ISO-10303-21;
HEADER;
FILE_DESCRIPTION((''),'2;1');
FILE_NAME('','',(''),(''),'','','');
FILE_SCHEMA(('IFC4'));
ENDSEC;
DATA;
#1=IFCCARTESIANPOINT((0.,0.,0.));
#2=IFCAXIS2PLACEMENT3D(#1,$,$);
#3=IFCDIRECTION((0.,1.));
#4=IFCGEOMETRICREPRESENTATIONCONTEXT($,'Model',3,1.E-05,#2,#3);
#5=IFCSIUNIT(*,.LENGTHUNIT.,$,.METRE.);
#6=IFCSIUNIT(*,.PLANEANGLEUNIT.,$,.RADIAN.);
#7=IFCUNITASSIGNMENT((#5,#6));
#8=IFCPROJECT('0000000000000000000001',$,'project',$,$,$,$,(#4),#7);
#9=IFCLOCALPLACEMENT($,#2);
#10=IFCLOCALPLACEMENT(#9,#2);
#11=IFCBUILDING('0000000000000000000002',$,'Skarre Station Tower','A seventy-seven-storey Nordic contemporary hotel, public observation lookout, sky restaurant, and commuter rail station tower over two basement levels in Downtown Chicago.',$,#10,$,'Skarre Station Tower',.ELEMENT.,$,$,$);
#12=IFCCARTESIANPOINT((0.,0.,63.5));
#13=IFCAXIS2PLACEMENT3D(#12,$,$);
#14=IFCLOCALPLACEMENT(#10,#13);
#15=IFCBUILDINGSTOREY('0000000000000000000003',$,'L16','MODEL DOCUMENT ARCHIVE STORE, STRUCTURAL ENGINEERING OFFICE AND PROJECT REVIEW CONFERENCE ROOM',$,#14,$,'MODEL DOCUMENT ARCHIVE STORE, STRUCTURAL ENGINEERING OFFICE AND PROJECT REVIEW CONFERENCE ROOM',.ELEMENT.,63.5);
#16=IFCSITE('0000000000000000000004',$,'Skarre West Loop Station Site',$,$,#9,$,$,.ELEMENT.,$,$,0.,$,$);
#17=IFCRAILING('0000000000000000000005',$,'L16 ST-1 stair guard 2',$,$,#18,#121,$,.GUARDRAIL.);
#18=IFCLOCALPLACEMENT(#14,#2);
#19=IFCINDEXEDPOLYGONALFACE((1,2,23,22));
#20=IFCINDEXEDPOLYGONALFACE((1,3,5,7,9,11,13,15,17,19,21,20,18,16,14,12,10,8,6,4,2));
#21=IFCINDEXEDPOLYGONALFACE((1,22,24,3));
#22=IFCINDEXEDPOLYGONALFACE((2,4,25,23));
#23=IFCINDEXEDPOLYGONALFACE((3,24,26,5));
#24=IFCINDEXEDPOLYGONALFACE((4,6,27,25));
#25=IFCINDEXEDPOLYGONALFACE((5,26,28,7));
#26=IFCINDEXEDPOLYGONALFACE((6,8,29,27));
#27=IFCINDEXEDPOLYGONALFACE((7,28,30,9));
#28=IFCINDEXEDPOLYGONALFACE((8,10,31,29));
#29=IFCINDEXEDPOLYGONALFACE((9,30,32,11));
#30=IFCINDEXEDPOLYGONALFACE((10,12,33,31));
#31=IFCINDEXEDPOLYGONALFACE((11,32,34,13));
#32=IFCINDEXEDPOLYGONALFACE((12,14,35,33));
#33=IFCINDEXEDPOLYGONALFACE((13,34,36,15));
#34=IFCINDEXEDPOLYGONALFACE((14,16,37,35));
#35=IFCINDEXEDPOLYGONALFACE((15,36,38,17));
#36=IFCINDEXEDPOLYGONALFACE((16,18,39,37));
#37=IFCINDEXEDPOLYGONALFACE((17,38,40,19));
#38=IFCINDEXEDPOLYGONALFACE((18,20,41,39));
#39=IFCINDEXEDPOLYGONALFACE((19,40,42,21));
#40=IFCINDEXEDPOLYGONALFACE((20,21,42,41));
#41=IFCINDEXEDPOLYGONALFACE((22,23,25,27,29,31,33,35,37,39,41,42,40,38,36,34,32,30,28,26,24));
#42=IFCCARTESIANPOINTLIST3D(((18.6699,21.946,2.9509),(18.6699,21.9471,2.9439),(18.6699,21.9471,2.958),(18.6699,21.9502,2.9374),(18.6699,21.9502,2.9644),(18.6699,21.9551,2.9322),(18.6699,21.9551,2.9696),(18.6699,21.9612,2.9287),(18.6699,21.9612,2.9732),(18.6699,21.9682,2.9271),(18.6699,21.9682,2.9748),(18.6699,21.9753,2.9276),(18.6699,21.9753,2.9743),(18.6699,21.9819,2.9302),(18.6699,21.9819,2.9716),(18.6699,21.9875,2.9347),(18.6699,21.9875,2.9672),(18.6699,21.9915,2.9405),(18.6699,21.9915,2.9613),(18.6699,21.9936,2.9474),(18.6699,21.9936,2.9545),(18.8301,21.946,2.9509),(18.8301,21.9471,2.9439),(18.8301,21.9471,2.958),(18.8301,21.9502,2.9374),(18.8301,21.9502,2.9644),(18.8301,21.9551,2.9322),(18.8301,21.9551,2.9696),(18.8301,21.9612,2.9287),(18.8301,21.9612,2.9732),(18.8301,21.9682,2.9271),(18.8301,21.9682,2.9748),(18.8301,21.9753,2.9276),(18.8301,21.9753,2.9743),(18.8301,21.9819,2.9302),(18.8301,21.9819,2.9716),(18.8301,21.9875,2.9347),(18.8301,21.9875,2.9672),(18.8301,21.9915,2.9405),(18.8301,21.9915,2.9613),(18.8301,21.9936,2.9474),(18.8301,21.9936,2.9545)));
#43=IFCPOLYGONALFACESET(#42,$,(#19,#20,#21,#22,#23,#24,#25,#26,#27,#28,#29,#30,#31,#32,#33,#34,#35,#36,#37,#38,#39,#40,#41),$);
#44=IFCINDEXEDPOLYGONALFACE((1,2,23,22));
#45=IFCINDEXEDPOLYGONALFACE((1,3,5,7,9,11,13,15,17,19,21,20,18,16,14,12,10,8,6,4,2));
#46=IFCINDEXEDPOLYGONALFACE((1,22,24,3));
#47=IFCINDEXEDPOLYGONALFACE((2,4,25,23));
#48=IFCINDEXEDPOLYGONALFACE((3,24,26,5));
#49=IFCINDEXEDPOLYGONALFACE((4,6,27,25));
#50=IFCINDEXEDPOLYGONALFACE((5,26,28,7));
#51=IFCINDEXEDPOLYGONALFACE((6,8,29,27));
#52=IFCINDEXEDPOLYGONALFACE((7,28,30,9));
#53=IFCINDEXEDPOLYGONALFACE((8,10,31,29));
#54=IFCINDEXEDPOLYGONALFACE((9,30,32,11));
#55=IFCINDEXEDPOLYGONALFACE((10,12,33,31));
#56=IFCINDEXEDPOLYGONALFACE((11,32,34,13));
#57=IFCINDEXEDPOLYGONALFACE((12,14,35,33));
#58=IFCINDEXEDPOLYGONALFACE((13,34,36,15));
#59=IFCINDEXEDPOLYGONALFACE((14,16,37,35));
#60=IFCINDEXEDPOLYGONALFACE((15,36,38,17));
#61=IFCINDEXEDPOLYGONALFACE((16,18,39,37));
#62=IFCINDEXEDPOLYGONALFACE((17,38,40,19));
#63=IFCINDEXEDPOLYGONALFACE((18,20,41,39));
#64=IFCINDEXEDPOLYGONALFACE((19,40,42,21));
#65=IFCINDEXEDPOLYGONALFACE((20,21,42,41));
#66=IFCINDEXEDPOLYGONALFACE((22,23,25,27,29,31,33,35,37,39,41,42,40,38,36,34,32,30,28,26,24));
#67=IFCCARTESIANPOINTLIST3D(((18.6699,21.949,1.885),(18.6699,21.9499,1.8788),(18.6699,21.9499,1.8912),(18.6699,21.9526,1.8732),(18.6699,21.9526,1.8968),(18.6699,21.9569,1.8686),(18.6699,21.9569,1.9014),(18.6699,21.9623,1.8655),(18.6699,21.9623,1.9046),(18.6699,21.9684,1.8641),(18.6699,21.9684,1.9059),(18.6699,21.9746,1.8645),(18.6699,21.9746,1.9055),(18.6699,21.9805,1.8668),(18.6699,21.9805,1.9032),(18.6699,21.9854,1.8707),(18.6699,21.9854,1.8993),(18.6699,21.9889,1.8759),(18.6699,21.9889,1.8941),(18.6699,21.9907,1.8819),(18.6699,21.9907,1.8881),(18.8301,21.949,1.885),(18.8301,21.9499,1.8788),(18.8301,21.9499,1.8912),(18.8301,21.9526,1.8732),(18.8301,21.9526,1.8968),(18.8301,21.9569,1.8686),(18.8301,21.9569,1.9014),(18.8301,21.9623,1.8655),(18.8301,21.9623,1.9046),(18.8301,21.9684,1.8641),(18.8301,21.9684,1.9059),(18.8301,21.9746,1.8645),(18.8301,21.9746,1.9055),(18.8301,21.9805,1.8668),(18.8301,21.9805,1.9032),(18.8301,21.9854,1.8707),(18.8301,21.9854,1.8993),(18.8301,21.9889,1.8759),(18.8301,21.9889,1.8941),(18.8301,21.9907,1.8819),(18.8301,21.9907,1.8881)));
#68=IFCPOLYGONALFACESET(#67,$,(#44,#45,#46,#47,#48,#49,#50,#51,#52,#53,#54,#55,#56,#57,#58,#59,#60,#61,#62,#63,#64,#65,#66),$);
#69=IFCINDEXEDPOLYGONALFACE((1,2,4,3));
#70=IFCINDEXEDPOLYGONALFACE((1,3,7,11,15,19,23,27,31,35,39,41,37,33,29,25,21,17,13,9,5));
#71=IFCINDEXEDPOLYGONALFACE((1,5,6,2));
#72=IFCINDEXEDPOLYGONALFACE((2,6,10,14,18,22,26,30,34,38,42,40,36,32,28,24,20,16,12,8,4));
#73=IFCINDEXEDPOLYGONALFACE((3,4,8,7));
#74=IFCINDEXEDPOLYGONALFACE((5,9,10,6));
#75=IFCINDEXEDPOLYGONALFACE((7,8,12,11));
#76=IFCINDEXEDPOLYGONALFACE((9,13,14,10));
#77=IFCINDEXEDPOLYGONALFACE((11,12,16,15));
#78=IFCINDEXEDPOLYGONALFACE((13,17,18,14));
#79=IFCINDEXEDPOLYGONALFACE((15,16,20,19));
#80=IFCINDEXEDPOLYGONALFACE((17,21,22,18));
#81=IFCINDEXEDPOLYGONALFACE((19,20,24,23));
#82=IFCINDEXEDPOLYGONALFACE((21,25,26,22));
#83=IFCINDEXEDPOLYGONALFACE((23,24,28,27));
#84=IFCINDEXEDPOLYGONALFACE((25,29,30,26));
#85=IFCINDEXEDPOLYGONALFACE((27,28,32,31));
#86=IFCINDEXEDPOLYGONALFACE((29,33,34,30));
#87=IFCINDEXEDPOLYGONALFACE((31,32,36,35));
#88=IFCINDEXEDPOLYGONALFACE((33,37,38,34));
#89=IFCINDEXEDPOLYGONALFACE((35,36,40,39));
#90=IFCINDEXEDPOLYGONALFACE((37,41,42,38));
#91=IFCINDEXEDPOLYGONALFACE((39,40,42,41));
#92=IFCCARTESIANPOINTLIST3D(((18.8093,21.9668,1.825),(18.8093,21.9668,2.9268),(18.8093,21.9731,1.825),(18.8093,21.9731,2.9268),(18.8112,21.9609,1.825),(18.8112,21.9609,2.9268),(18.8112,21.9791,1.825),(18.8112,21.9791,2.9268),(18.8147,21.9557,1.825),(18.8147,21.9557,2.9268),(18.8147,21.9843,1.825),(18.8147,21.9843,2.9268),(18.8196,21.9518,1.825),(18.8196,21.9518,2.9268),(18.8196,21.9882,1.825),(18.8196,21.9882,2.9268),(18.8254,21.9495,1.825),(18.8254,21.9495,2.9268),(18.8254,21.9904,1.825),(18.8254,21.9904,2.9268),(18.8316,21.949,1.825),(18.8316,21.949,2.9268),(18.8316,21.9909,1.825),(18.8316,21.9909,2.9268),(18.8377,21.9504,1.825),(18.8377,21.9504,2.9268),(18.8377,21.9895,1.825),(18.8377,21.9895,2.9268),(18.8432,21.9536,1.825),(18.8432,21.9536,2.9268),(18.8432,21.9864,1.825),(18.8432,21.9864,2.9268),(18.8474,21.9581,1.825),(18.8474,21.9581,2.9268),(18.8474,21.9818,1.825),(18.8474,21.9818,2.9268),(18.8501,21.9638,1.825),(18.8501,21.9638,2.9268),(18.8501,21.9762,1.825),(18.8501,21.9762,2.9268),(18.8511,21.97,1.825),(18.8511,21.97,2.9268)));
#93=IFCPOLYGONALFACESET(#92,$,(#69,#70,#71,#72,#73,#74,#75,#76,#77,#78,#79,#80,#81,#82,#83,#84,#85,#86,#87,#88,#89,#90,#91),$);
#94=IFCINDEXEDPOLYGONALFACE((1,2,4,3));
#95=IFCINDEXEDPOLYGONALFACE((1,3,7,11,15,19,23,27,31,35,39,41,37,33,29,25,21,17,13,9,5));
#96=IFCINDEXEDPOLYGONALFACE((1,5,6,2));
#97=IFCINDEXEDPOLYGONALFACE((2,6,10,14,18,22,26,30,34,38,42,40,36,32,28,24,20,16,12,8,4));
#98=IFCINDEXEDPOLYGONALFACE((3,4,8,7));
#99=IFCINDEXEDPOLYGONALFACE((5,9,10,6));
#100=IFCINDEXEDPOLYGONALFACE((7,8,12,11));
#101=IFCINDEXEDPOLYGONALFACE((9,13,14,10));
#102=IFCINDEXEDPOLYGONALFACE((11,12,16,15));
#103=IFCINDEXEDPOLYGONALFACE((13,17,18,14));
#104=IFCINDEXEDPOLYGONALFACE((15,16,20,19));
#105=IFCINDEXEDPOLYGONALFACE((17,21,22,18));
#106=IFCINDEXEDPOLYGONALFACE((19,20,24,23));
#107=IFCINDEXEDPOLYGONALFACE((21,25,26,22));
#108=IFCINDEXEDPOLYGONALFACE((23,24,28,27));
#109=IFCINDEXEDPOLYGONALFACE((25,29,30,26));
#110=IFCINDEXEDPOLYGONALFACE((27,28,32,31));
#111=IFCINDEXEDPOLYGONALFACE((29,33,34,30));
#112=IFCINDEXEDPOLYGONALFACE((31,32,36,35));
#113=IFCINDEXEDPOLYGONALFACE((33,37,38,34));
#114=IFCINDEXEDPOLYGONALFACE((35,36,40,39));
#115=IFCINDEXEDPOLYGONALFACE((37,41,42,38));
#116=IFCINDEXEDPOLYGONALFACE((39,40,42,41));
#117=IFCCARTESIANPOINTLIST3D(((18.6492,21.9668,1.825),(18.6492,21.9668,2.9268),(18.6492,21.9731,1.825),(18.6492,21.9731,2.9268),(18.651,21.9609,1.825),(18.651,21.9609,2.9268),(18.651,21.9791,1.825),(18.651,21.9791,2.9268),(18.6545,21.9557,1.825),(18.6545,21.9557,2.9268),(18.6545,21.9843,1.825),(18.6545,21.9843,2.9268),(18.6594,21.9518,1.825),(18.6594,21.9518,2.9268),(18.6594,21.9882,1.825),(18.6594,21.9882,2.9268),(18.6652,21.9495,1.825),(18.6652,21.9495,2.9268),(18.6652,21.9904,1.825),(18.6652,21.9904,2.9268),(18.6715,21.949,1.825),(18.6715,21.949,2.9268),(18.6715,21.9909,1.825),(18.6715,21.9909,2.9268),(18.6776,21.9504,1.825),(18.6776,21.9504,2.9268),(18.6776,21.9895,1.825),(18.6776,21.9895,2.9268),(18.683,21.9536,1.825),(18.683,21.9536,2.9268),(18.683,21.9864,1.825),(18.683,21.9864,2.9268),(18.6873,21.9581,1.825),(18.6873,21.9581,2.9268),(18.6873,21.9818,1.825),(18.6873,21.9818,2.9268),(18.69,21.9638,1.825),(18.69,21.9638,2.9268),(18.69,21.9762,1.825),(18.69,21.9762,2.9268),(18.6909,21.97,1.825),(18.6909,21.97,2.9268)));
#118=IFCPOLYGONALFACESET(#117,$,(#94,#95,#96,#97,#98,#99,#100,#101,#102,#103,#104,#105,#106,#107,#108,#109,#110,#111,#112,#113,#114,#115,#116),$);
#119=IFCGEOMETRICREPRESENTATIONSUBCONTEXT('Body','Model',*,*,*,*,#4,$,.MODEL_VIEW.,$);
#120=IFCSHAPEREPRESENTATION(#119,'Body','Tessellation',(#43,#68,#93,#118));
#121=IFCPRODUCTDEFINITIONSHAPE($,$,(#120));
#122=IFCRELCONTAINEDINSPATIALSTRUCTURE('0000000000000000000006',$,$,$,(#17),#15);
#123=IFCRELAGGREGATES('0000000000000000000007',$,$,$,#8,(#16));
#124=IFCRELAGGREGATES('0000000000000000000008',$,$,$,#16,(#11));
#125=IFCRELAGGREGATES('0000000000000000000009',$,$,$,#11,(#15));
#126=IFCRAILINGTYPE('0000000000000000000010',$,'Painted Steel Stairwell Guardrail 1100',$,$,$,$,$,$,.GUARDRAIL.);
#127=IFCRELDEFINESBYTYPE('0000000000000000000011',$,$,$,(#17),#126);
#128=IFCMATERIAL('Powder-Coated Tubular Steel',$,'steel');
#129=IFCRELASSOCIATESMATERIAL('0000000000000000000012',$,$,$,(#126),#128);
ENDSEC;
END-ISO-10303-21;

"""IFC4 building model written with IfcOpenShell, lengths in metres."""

from ifc_helpers import new_model, si_unit, direction, frame, origin, origin_2d, place, context, subcontext, project, spatial, circle, extrude, material, type_object, element, save


model = new_model("IFC4")

# Units and contexts
model_context = context("Model", 3, precision=1e-05, world=origin(), true_north=direction((0.0, 1.0)))
body_context = subcontext(model_context, "Body", "Model", "MODEL_VIEW")
ifc_project = project(units=[si_unit("LENGTHUNIT", "METRE"), si_unit("PLANEANGLEUNIT", "RADIAN")], contexts=[model_context])

# Site, building, storey
site_placement = place(None, origin())
site = spatial("IfcSite", under=ifc_project, at=site_placement, Name="Skarre West Loop Station Site", CompositionType="ELEMENT", RefElevation=0.0)
building_placement = place(site_placement, origin())
building = spatial("IfcBuilding", under=site, at=building_placement, Name="Skarre Station Tower", Description="A seventy-seven-storey Nordic contemporary hotel, public observation lookout, sky restaurant, and commuter rail station tower over two basement levels in Downtown Chicago.", LongName="Skarre Station Tower", CompositionType="ELEMENT")
storey_placement = place(building_placement, frame((0.0, 0.0, 63.5)))
storey = spatial("IfcBuildingStorey", under=building, at=storey_placement, Name="L16", Description="MODEL DOCUMENT ARCHIVE STORE, STRUCTURAL ENGINEERING OFFICE AND PROJECT REVIEW CONFERENCE ROOM", LongName="MODEL DOCUMENT ARCHIVE STORE, STRUCTURAL ENGINEERING OFFICE AND PROJECT REVIEW CONFERENCE ROOM", CompositionType="ELEMENT", Elevation=63.5)

# Railing
ifc_material_1 = material(Name="Powder-Coated Tubular Steel", Category="steel")
railing_type_1 = type_object("IfcRailingType", Name="Painted Steel Stairwell Guardrail 1100", PredefinedType="GUARDRAIL", material=ifc_material_1)
railing_1_placement = place(storey_placement, frame((18.8301, 21.97, 1.825)))
element("IfcRailing", 1, at=railing_1_placement, inside=storey, type_object=railing_type_1, Name="L16 ST-1 stair guard 2", PredefinedType="GUARDRAIL", context=body_context, shape_type="SweptSolid", body=[
    extrude(circle(Radius=0.0239, at=origin_2d()), frame((0.0, 0.0, 1.126), z_axis=(-1.0, 0.0, 0.0), x_axis=(0.0, -1.0, 0.0)), (0.0, 0.0, 1.0), 0.1602),
    extrude(circle(Radius=0.021, at=origin_2d()), frame((0.0, 0.0, 0.0601), z_axis=(-1.0, 0.0, 0.0), x_axis=(0.0, -1.0, 0.0)), (0.0, 0.0, 1.0), 0.1602),
    extrude(circle(Radius=0.021, at=origin_2d()), origin(), (0.0, 0.0, 1.0), 1.1018),
    extrude(circle(Radius=0.021, at=origin_2d()), frame((-0.1602, 0.0, 0.0)), (0.0, 0.0, 1.0), 1.1018),
])

save(model, "model.ifc")
